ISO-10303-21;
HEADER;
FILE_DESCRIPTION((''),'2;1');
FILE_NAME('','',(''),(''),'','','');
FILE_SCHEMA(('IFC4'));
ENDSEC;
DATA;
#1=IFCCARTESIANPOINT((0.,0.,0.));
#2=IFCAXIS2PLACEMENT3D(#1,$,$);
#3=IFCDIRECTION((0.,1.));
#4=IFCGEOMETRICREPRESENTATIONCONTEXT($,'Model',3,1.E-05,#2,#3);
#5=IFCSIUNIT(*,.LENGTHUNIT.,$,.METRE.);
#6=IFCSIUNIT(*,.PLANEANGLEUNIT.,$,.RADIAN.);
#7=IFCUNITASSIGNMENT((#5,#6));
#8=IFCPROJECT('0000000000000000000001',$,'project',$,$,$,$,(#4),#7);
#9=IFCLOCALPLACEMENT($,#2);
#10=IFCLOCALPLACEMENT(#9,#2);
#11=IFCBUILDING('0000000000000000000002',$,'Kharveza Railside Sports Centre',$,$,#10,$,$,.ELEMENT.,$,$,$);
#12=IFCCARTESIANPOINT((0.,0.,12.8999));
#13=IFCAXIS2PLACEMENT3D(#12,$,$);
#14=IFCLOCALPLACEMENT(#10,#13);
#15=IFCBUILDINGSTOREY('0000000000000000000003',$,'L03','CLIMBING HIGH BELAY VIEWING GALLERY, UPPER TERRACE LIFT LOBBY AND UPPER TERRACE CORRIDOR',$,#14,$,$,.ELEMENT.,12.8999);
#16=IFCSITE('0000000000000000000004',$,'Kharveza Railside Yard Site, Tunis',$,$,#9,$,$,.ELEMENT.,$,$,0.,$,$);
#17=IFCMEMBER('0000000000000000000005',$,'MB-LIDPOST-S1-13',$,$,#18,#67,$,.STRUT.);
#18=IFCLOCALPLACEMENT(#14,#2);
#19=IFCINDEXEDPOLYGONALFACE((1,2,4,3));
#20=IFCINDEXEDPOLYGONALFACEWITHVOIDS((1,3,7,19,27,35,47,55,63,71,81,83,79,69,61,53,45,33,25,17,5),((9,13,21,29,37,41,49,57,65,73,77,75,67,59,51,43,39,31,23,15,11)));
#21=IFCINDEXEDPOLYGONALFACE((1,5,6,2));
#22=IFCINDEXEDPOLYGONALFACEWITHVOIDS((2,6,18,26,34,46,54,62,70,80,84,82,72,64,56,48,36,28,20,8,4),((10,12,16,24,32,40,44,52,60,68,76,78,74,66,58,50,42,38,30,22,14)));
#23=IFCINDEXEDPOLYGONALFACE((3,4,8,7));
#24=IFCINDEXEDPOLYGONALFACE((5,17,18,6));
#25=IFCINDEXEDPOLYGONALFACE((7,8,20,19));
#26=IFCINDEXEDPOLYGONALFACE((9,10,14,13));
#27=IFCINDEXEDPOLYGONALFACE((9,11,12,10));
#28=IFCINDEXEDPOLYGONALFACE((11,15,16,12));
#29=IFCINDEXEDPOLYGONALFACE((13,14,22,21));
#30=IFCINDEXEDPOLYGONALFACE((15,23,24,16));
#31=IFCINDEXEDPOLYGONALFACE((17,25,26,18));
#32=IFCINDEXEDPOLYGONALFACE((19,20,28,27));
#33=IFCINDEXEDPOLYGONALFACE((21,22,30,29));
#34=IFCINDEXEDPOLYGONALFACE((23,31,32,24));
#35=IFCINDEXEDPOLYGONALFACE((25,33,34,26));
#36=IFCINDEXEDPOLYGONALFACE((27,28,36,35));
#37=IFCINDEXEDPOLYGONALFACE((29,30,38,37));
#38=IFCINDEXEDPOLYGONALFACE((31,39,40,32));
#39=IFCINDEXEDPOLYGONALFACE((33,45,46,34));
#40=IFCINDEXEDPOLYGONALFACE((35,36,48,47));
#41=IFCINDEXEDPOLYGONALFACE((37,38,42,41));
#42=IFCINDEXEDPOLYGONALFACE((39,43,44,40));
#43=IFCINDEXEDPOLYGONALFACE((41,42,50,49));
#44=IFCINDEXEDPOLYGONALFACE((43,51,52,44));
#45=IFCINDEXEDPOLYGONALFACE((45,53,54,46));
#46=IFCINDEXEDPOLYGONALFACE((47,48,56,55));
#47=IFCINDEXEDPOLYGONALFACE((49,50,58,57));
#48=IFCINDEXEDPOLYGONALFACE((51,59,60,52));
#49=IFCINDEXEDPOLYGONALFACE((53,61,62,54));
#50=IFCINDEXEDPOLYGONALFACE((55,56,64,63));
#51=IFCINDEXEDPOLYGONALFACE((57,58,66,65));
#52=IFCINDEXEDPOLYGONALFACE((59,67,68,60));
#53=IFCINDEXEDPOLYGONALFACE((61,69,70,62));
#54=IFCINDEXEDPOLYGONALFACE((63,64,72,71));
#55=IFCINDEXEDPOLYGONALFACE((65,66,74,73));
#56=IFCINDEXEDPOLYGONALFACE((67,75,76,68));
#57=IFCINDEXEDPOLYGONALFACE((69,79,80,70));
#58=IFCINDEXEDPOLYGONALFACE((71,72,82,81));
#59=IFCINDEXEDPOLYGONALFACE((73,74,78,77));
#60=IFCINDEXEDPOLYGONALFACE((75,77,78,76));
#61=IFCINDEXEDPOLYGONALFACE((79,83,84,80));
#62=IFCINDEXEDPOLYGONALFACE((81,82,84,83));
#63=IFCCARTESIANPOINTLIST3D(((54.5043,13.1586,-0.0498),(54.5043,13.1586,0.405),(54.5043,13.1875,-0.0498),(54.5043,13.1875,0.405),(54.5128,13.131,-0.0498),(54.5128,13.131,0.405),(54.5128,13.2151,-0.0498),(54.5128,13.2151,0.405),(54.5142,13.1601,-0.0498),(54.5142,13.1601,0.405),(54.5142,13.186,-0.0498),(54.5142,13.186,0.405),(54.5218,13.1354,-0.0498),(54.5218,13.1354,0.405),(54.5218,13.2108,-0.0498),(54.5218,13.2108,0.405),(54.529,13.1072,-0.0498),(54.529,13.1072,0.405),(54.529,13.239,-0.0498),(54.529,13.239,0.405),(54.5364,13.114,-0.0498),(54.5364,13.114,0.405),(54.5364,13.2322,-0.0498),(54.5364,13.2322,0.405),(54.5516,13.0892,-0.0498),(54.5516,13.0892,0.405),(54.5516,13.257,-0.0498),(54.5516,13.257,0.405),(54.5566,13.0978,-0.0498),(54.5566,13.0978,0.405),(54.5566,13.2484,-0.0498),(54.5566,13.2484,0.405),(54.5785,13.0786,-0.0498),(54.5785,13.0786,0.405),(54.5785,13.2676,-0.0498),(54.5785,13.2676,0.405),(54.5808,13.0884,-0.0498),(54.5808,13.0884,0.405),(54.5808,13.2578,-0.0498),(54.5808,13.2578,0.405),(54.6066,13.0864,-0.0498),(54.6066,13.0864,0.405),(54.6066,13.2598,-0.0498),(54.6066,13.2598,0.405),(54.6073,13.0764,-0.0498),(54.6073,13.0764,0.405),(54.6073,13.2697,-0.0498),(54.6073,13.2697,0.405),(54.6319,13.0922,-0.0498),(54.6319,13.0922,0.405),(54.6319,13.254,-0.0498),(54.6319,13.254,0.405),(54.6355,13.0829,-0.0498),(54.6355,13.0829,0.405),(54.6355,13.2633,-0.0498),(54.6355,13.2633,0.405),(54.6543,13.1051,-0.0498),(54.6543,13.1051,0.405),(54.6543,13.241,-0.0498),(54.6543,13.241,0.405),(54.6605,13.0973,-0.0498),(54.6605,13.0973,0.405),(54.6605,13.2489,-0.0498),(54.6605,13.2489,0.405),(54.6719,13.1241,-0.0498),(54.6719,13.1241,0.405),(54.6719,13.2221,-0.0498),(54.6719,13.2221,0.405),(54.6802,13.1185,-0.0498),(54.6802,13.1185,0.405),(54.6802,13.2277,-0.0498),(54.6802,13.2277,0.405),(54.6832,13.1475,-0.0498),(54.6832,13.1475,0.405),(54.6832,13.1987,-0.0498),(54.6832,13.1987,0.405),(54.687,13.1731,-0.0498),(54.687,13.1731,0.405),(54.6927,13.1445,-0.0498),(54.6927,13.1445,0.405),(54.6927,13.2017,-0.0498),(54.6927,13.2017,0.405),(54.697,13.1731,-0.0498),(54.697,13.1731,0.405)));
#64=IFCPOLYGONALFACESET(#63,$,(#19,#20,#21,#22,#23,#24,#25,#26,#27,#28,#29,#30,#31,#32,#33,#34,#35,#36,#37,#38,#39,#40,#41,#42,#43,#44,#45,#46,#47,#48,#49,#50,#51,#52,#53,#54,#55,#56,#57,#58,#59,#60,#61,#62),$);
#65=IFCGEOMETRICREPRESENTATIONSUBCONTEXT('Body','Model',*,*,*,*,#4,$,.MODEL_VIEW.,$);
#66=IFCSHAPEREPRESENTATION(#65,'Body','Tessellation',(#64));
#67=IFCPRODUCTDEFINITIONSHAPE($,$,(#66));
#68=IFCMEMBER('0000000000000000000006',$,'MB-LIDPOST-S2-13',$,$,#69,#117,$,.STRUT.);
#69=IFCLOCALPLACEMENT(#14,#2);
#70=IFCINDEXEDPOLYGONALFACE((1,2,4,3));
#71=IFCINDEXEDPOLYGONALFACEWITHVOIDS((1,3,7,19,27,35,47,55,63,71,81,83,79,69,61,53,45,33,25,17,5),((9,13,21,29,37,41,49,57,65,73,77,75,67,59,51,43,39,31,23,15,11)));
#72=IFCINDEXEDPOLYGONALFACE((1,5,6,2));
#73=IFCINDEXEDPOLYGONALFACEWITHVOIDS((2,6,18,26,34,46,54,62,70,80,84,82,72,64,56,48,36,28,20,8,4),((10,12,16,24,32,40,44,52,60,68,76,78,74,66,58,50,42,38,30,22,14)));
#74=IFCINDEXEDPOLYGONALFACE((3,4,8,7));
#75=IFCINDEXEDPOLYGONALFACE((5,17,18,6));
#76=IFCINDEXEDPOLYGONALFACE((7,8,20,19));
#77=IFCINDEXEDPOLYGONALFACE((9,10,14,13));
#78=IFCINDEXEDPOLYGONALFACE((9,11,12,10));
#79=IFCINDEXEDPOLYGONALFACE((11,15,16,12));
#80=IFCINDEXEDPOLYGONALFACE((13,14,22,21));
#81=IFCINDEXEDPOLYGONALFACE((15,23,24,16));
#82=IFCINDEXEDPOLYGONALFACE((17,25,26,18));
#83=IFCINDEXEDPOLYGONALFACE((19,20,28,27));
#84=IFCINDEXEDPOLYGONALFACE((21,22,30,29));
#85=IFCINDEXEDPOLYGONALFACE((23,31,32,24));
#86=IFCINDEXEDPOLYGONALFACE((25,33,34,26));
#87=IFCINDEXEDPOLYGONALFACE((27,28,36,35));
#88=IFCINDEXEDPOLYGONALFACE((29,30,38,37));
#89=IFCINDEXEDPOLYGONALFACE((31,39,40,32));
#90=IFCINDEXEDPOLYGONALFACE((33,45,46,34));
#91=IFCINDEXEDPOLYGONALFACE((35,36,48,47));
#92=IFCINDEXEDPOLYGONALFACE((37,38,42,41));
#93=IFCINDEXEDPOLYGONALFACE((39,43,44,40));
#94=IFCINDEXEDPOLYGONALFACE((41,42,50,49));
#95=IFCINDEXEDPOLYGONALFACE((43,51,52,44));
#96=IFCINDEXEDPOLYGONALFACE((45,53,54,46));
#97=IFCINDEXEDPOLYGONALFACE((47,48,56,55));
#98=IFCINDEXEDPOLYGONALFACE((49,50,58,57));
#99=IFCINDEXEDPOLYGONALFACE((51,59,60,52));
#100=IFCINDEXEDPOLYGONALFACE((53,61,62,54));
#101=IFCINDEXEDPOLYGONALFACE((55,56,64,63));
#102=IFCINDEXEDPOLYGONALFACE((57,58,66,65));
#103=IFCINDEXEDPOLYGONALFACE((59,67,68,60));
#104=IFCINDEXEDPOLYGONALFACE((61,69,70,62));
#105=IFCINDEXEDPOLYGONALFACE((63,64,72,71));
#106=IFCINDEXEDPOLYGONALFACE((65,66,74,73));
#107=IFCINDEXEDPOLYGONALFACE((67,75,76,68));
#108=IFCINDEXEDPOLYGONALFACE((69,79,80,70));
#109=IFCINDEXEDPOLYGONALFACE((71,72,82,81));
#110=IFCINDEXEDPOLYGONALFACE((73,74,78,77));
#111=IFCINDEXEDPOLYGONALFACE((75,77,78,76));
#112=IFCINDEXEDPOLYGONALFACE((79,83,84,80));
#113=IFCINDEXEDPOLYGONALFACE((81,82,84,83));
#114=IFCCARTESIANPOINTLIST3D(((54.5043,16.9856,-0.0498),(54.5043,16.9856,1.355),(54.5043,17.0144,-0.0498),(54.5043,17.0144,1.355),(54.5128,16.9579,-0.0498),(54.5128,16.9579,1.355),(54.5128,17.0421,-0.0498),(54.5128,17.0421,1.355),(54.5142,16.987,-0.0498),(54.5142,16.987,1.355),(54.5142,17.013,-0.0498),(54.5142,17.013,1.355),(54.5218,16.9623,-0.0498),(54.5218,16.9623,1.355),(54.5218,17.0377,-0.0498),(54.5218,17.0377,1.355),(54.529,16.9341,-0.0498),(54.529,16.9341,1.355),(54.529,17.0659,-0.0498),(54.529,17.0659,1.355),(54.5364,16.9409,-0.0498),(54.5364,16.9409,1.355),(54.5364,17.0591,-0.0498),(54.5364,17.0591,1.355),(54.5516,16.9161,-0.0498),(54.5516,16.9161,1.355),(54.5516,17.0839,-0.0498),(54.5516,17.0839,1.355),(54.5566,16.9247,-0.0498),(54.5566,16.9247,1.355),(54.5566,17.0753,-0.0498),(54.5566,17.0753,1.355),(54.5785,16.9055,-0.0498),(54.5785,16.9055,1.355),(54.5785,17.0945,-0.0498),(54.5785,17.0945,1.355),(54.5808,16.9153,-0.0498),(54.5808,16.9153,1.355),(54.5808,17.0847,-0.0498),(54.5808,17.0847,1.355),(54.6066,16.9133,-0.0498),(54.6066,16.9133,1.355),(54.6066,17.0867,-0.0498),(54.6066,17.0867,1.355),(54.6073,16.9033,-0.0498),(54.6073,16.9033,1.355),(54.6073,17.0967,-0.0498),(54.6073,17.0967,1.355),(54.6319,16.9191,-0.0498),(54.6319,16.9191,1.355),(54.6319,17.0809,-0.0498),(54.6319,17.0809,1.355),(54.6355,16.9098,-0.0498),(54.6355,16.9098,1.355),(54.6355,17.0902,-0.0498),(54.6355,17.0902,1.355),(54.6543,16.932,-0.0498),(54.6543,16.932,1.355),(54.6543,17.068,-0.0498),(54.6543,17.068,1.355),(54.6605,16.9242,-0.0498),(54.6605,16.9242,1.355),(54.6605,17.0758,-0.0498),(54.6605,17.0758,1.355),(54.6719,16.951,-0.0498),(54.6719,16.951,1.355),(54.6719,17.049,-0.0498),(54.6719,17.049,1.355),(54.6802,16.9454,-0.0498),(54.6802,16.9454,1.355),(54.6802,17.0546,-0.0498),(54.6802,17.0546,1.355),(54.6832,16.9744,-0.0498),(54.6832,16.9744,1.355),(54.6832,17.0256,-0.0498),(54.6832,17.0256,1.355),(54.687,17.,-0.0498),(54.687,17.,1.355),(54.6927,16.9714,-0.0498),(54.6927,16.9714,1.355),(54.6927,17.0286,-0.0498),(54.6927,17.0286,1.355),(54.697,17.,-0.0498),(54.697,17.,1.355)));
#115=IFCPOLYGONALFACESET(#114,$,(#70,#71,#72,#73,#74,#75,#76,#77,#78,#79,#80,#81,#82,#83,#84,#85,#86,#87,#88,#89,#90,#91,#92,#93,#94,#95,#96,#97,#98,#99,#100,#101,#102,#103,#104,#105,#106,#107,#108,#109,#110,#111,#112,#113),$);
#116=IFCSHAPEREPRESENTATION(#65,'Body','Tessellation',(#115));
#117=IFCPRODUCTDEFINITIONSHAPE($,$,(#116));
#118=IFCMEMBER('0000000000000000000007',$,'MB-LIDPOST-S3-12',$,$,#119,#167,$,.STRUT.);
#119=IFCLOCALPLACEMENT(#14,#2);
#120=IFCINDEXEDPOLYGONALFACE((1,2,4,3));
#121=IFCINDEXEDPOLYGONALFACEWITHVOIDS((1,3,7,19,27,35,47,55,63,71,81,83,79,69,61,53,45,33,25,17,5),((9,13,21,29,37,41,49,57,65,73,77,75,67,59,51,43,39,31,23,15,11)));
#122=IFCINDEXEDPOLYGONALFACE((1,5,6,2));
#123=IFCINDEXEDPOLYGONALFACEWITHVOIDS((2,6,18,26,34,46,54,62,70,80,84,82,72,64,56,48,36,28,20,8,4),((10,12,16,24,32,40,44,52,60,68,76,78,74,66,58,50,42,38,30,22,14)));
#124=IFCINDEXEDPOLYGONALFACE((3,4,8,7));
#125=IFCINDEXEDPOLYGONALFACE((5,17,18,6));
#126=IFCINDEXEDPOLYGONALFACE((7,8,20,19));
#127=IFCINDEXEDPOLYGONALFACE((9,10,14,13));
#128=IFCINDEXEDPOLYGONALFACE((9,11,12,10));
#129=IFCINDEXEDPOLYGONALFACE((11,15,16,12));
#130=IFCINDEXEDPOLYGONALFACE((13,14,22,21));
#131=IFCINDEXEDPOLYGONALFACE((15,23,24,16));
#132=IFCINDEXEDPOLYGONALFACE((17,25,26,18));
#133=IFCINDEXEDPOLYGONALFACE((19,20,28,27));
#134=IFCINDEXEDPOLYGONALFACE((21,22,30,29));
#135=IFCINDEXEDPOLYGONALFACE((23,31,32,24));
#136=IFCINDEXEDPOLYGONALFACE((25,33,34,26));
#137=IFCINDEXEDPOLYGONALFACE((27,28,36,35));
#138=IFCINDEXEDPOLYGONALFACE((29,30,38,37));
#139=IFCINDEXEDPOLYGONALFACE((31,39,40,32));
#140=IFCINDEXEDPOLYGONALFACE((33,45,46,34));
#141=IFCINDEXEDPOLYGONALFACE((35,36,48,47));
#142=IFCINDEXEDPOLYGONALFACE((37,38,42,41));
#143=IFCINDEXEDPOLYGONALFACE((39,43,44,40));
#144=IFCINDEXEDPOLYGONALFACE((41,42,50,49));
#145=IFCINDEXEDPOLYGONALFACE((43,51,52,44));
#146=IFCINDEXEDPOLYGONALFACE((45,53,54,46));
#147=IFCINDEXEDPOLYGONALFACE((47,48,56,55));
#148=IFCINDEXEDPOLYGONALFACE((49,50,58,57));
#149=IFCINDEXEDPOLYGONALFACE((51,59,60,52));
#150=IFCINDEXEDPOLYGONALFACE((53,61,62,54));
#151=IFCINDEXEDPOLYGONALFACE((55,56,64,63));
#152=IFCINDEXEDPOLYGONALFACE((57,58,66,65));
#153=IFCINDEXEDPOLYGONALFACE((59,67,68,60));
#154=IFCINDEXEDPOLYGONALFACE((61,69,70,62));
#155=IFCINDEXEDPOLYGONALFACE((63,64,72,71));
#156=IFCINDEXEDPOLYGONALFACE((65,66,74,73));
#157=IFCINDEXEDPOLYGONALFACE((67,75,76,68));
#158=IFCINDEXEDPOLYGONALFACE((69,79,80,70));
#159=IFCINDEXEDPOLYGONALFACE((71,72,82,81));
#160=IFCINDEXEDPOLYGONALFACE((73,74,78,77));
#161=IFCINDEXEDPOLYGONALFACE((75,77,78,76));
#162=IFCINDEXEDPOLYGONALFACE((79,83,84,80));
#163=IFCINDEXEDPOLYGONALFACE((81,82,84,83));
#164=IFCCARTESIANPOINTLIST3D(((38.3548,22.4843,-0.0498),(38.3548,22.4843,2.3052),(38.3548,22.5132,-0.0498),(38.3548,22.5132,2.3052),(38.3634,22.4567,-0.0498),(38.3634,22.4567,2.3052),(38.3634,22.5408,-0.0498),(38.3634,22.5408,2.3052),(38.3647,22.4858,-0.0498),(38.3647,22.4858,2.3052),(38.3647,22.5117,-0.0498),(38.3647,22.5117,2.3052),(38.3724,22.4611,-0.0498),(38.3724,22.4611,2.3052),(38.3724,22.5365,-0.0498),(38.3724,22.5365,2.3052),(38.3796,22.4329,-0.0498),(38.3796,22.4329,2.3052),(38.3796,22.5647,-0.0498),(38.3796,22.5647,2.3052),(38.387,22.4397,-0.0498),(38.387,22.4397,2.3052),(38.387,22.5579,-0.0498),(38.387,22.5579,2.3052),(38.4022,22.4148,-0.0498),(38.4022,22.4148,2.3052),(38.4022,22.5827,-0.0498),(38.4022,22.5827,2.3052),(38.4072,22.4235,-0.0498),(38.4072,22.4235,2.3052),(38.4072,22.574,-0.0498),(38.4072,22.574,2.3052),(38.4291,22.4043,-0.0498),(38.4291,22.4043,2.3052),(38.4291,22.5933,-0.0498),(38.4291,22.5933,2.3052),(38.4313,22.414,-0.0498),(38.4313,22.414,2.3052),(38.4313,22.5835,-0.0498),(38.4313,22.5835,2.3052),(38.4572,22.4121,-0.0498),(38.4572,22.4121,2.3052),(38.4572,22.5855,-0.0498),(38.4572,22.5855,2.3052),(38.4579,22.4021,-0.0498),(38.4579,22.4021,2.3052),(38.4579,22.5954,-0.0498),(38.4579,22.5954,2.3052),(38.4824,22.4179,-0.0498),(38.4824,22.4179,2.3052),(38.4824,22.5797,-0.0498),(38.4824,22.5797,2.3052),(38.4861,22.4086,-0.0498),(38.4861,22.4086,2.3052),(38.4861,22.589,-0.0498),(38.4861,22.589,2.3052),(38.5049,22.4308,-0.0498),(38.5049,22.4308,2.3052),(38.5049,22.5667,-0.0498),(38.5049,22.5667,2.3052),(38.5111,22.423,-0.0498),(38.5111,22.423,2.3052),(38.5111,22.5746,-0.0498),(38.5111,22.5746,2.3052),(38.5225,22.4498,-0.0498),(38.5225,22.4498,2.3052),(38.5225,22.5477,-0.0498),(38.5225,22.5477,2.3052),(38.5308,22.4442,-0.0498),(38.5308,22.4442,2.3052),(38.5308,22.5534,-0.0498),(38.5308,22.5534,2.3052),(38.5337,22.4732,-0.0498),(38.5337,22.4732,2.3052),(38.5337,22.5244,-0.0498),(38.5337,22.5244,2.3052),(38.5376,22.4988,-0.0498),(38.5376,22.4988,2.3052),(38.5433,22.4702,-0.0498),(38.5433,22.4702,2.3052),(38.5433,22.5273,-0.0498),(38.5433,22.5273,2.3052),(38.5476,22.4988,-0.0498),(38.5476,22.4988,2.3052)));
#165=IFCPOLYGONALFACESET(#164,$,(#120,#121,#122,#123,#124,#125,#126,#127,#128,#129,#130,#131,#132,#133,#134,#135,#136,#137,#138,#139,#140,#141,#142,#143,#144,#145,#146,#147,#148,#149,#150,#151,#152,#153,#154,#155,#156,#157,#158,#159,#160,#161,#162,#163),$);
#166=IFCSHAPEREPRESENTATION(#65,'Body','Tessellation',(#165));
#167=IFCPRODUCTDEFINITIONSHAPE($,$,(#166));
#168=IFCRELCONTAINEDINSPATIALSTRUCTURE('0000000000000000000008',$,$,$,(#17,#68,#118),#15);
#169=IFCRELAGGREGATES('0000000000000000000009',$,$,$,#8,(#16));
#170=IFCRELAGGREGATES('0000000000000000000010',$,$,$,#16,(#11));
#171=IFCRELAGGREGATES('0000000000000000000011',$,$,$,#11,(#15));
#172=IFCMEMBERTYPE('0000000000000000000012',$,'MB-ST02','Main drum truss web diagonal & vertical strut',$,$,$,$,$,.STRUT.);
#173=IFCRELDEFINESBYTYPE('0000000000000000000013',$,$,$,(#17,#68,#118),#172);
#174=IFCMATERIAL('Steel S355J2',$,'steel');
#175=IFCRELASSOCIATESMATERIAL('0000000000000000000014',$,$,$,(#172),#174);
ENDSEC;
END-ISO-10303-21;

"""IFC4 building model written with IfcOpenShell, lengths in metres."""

from ifc_helpers import new_model, si_unit, direction, frame, origin, origin_2d, place, context, subcontext, project, spatial, hollow_circle, extrude, material, material_profile, profile_set, type_object, element, save


model = new_model("IFC4")

# Units and contexts
model_context = context("Model", 3, precision=1e-05, world=origin(), true_north=direction((0.0, 1.0)))
body_context = subcontext(model_context, "Body", "Model", "MODEL_VIEW")
ifc_project = project(units=[si_unit("LENGTHUNIT", "METRE"), si_unit("PLANEANGLEUNIT", "RADIAN")], contexts=[model_context])

# Site, building, storey
site_placement = place(None, origin())
site = spatial("IfcSite", under=ifc_project, at=site_placement, Name="Kharveza Railside Yard Site, Tunis", CompositionType="ELEMENT", RefElevation=0.0)
building_placement = place(site_placement, origin())
building = spatial("IfcBuilding", under=site, at=building_placement, Name="Kharveza Railside Sports Centre", CompositionType="ELEMENT")
storey_placement = place(building_placement, frame((0.0, 0.0, 12.8999)))
storey = spatial("IfcBuildingStorey", under=building, at=storey_placement, Name="L03", Description="CLIMBING HIGH BELAY VIEWING GALLERY, UPPER TERRACE LIFT LOBBY AND UPPER TERRACE CORRIDOR", CompositionType="ELEMENT", Elevation=12.8999)

# Shared definitions
ifc_material_1 = material(Name="Steel S355J2", Category="steel")

# Members
ifc_material_profile_1 = material_profile(ifc_material_1, hollow_circle(Radius=0.0969, WallThickness=0.01, at=origin_2d()), Name="CHS 193.7x10.0")
ifc_profile_set_1 = profile_set([ifc_material_profile_1], Name="Steel S355J2")
member_type_1 = type_object("IfcMemberType", Name="MB-ST02", Description="Main drum truss web diagonal & vertical strut", PredefinedType="STRUT", material=ifc_profile_set_1)
member_1_placement = place(storey_placement, frame((54.6001, 13.1731, -0.0498), z_axis=(0.0, 0.0, 1.0), x_axis=(1.0, 0.0, 0.0)))
element("IfcMember", 1, at=member_1_placement, inside=storey, type_object=member_type_1, Name="MB-LIDPOST-S1-13", PredefinedType="STRUT", context=body_context, shape_type="SweptSolid", body=[
    extrude(hollow_circle(Radius=0.0969, WallThickness=0.01, at=origin_2d()), origin(), (0.0, 0.0, 1.0), 0.4548),
])
member_2_placement = place(storey_placement, frame((54.6001, 17.0, -0.0498), z_axis=(0.0, 0.0, 1.0), x_axis=(1.0, 0.0, 0.0)))
element("IfcMember", 2, at=member_2_placement, inside=storey, type_object=member_type_1, Name="MB-LIDPOST-S2-13", PredefinedType="STRUT", context=body_context, shape_type="SweptSolid", body=[
    extrude(hollow_circle(Radius=0.0969, WallThickness=0.01, at=origin_2d()), origin(), (0.0, 0.0, 1.0), 1.4048),
])
for number, where, z_axis, x_axis, name in (
    (3, (38.4507, 22.4988, -0.0498), (0.0, 0.0, 1.0), (1.0, 0.0, 0.0), "MB-LIDPOST-S3-12"),
):
    element("IfcMember", number, at=place(storey_placement, frame(where, z_axis=z_axis, x_axis=x_axis)), inside=storey, type_object=member_type_1, Name=name, PredefinedType="STRUT", context=body_context, shape_type="SweptSolid", body=[
        extrude(hollow_circle(Radius=0.0969, WallThickness=0.01, at=origin_2d()), origin(), (0.0, 0.0, 1.0), 2.355),
    ])

save(model, "model.ifc")
